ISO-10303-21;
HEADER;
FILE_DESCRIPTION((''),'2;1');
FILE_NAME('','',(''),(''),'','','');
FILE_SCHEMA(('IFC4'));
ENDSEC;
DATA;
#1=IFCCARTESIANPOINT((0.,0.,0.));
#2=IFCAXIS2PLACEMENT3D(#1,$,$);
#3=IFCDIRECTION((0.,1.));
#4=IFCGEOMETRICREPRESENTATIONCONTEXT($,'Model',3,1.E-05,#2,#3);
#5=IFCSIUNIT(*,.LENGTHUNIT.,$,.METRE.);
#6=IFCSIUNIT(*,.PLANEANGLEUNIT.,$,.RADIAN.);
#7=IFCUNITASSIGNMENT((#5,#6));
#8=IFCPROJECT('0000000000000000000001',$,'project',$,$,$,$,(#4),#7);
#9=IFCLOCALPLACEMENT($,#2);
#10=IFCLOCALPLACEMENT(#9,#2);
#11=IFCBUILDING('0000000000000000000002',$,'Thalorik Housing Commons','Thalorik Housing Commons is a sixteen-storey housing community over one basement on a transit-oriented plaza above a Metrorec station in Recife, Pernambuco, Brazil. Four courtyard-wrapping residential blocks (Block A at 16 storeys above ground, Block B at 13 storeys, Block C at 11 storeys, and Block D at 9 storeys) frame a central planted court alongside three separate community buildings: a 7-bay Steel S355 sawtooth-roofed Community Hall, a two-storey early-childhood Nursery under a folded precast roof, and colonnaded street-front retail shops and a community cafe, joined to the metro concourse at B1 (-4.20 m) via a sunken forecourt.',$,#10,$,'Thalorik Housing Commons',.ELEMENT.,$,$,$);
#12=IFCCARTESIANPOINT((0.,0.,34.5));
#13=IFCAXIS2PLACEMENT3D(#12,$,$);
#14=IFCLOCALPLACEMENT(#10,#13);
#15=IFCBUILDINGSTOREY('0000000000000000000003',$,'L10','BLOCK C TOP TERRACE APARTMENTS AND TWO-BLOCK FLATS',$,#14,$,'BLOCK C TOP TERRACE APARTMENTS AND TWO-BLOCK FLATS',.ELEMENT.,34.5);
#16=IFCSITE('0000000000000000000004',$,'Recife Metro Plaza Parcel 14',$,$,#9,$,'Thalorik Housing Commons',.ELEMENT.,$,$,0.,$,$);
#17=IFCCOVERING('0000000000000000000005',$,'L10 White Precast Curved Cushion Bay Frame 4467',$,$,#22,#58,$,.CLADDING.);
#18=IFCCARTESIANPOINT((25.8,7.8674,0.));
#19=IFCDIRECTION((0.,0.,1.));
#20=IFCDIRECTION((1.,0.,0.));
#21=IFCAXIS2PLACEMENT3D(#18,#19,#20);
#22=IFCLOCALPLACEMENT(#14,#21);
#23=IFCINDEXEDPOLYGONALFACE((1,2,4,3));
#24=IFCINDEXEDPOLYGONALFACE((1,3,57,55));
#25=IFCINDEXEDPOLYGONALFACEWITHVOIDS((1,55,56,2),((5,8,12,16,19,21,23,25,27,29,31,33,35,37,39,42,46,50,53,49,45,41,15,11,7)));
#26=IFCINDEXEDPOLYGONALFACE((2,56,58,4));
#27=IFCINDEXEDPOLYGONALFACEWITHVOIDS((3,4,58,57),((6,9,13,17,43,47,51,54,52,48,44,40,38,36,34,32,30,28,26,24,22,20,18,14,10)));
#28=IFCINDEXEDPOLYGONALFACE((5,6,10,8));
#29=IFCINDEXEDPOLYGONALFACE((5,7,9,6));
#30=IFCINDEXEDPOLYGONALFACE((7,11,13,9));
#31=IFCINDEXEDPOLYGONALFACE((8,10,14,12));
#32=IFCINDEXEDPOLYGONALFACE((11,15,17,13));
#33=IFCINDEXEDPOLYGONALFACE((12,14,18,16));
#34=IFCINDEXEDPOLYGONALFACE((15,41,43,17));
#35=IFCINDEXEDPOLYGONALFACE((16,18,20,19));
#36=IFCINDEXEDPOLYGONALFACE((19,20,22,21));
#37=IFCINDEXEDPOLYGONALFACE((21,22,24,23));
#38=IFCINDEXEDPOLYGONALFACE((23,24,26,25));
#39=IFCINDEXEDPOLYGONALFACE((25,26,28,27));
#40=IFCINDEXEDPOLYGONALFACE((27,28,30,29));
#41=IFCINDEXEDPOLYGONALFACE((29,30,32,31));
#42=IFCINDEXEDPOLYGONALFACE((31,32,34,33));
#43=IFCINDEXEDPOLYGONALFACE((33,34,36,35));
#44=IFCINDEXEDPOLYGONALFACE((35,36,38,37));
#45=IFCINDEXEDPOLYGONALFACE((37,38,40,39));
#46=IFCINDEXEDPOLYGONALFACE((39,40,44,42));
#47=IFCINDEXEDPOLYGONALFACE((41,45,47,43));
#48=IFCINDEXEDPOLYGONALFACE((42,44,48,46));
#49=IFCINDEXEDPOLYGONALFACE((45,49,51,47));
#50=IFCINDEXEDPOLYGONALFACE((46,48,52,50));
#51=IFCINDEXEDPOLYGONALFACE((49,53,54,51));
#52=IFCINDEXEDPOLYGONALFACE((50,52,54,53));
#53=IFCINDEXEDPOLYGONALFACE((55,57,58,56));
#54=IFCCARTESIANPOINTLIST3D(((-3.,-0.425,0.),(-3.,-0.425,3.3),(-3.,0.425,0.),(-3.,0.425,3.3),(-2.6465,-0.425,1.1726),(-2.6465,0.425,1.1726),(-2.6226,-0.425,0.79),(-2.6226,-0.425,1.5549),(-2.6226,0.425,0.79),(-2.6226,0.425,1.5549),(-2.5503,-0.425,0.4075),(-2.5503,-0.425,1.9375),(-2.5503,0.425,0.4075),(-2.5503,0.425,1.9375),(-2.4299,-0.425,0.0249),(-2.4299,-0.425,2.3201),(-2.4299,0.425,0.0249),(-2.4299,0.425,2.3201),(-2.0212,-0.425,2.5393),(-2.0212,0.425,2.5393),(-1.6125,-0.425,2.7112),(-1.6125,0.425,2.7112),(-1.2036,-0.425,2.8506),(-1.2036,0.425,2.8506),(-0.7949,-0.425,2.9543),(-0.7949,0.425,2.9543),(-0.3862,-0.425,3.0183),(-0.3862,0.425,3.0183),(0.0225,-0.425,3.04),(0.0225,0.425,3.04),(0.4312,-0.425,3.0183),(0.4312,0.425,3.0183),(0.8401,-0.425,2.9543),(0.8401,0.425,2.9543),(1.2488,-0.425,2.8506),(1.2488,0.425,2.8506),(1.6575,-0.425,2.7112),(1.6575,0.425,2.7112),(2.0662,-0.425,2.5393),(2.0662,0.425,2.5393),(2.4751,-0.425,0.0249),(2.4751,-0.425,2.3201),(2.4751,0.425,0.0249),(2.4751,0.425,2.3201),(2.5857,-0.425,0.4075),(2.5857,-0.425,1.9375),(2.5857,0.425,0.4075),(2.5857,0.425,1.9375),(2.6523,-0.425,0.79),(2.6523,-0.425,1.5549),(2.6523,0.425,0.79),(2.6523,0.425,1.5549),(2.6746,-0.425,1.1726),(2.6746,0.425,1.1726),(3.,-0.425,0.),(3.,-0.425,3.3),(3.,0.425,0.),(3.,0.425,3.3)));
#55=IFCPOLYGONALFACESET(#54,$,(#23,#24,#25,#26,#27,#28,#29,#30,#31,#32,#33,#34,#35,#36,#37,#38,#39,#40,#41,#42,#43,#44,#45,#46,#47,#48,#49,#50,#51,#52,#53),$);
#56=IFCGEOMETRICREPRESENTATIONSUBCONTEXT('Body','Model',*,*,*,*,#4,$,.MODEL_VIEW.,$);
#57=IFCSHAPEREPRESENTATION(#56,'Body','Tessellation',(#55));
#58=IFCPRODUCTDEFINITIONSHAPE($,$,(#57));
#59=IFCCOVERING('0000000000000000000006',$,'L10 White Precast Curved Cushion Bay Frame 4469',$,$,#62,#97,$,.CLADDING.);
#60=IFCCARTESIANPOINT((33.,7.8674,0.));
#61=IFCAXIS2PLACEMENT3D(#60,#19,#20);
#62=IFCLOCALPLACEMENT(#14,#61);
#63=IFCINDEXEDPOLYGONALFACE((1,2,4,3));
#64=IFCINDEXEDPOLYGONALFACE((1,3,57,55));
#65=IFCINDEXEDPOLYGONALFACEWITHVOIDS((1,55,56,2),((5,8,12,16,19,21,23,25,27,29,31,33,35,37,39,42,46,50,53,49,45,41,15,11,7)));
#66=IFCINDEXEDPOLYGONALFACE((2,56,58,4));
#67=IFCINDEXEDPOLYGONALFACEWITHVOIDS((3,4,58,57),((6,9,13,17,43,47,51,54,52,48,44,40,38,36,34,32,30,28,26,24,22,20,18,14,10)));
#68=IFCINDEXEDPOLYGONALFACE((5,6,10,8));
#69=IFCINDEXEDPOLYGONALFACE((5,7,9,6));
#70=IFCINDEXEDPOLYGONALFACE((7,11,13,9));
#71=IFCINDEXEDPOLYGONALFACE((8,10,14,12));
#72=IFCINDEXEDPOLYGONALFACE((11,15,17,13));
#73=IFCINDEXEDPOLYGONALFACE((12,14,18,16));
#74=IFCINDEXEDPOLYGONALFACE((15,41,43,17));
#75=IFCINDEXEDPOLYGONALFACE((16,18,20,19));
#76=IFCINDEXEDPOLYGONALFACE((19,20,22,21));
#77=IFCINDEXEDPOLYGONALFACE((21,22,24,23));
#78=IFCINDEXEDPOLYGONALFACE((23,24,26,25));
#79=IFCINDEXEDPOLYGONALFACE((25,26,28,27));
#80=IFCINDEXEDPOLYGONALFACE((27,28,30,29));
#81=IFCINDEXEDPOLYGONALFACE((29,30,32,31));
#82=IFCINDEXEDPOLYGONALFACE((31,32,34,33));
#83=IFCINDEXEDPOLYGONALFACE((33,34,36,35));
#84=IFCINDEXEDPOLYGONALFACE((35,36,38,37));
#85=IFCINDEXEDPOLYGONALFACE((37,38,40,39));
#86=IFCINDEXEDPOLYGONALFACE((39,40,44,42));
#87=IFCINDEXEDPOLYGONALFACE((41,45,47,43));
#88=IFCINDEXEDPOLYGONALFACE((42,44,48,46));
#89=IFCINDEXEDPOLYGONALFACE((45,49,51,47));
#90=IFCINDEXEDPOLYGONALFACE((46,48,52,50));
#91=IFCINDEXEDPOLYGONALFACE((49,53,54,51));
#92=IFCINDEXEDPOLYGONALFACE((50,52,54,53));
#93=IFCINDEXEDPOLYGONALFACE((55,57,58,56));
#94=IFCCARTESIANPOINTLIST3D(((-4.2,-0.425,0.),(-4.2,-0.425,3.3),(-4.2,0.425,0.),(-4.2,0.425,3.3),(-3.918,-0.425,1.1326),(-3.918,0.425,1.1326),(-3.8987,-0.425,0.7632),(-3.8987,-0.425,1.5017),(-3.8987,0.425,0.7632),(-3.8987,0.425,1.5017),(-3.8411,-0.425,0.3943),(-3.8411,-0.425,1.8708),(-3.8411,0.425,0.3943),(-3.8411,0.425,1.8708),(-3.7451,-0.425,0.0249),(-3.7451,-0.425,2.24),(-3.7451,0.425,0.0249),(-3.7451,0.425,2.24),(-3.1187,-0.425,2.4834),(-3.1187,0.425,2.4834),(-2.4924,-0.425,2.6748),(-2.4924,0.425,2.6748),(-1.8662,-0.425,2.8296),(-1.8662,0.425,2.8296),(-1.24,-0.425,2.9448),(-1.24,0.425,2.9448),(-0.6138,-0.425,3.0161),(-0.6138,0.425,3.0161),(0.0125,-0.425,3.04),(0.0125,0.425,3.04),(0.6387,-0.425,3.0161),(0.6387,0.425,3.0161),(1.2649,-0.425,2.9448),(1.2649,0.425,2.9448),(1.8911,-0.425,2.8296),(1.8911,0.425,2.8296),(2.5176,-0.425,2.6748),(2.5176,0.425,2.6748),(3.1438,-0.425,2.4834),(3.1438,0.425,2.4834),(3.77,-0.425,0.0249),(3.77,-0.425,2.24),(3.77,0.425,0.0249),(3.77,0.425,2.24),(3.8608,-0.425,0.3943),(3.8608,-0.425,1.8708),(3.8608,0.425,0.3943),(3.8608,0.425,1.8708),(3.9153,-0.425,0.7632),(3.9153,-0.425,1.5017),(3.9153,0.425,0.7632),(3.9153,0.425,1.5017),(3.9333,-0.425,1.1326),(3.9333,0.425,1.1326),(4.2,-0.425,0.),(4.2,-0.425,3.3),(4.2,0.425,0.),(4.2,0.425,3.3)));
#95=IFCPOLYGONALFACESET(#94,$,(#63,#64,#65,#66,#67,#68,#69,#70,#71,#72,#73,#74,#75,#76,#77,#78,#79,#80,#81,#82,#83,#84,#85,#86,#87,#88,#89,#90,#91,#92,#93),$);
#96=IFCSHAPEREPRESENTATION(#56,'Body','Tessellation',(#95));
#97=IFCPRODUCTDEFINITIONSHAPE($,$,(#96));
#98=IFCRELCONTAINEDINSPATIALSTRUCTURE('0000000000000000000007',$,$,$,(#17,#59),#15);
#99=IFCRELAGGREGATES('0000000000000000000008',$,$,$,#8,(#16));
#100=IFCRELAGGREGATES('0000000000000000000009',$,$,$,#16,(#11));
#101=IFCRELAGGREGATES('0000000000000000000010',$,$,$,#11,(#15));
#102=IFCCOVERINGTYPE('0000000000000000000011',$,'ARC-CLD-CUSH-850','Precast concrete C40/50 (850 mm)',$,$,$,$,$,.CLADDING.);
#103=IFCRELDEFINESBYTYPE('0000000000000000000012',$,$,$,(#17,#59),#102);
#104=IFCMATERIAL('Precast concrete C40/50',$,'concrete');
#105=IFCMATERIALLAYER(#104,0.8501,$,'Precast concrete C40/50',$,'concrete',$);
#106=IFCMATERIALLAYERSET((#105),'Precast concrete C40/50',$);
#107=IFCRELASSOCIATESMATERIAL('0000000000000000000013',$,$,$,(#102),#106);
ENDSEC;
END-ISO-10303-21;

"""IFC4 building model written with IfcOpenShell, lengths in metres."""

from ifc_helpers import new_model, si_unit, direction, frame, origin, place, context, subcontext, project, spatial, polyline, outline, extrude, material, layer, layer_set, type_object, element, save


model = new_model("IFC4")

# Units and contexts
model_context = context("Model", 3, precision=1e-05, world=origin(), true_north=direction((0.0, 1.0)))
body_context = subcontext(model_context, "Body", "Model", "MODEL_VIEW")
ifc_project = project(units=[si_unit("LENGTHUNIT", "METRE"), si_unit("PLANEANGLEUNIT", "RADIAN")], contexts=[model_context])

# Site, building, storey
site_placement = place(None, origin())
site = spatial("IfcSite", under=ifc_project, at=site_placement, Name="Recife Metro Plaza Parcel 14", LongName="Thalorik Housing Commons", CompositionType="ELEMENT", RefElevation=0.0)
building_placement = place(site_placement, origin())
building = spatial("IfcBuilding", under=site, at=building_placement, Name="Thalorik Housing Commons", Description="Thalorik Housing Commons is a sixteen-storey housing community over one basement on a transit-oriented plaza above a Metrorec station in Recife, Pernambuco, Brazil. Four courtyard-wrapping residential blocks (Block A at 16 storeys above ground, Block B at 13 storeys, Block C at 11 storeys, and Block D at 9 storeys) frame a central planted court alongside three separate community buildings: a 7-bay Steel S355 sawtooth-roofed Community Hall, a two-storey early-childhood Nursery under a folded precast roof, and colonnaded street-front retail shops and a community cafe, joined to the metro concourse at B1 (-4.20 m) via a sunken forecourt.", LongName="Thalorik Housing Commons", CompositionType="ELEMENT")
storey_placement = place(building_placement, frame((0.0, 0.0, 34.5)))
storey = spatial("IfcBuildingStorey", under=building, at=storey_placement, Name="L10", Description="BLOCK C TOP TERRACE APARTMENTS AND TWO-BLOCK FLATS", LongName="BLOCK C TOP TERRACE APARTMENTS AND TWO-BLOCK FLATS", CompositionType="ELEMENT", Elevation=34.5)

# Shared definitions
ifc_material_1 = material(Name="Precast concrete C40/50", Category="concrete")

# Coverings
ifc_layer_1 = layer(ifc_material_1, 0.8501, Name="Precast concrete C40/50", Category="concrete")
ifc_layer_set_1 = layer_set([ifc_layer_1], Name="Precast concrete C40/50")
covering_type_1 = type_object("IfcCoveringType", Name="ARC-CLD-CUSH-850", Description="Precast concrete C40/50 (850 mm)", PredefinedType="CLADDING", material=ifc_layer_set_1)
covering_1_placement = place(storey_placement, frame((25.8, 7.8674, 0.0), z_axis=(0.0, 0.0, 1.0), x_axis=(1.0, 0.0, 0.0)))
element("IfcCovering", 1, at=covering_1_placement, inside=storey, type_object=covering_type_1, Name="L10 White Precast Curved Cushion Bay Frame 4467", PredefinedType="CLADDING", context=body_context, shape_type="SweptSolid", body=[
    extrude(outline(polyline([(-3.0, 0.0), (3.0, 0.0), (3.0, 3.3), (-3.0, 3.3), (-3.0, 0.0)]), holes=[polyline([(2.4751, 0.0249), (2.5857, 0.4075), (2.6523, 0.79), (2.6746, 1.1726), (2.6523, 1.5549), (2.5857, 1.9375), (2.4751, 2.3201), (2.0662, 2.5393), (1.6575, 2.7112), (1.2488, 2.8506), (0.8401, 2.9543), (0.4312, 3.0183), (0.0225, 3.04), (-0.3862, 3.0183), (-0.7949, 2.9543), (-1.2036, 2.8506), (-1.6125, 2.7112), (-2.0212, 2.5393), (-2.4299, 2.3201), (-2.5503, 1.9375), (-2.6226, 1.5549), (-2.6465, 1.1726), (-2.6226, 0.79), (-2.5503, 0.4075), (-2.4299, 0.0249), (2.4751, 0.0249)])]), frame((0.0, 0.425, 0.0), z_axis=(0.0, -1.0, 0.0), x_axis=(1.0, 0.0, 0.0)), (0.0, 0.0, 1.0), 0.8501),
])
covering_2_placement = place(storey_placement, frame((33.0, 7.8674, 0.0), z_axis=(0.0, 0.0, 1.0), x_axis=(1.0, 0.0, 0.0)))
element("IfcCovering", 2, at=covering_2_placement, inside=storey, type_object=covering_type_1, Name="L10 White Precast Curved Cushion Bay Frame 4469", PredefinedType="CLADDING", context=body_context, shape_type="SweptSolid", body=[
    extrude(outline(polyline([(-4.2, 0.0), (4.2, 0.0), (4.2, 3.3), (-4.2, 3.3), (-4.2, 0.0)]), holes=[polyline([(3.77, 0.0249), (3.8608, 0.3943), (3.9153, 0.7632), (3.9333, 1.1326), (3.9153, 1.5017), (3.8608, 1.8708), (3.77, 2.24), (3.1438, 2.4834), (2.5176, 2.6748), (1.8911, 2.8296), (1.2649, 2.9448), (0.6387, 3.0161), (0.0125, 3.04), (-0.6138, 3.0161), (-1.24, 2.9448), (-1.8662, 2.8296), (-2.4924, 2.6748), (-3.1187, 2.4834), (-3.7451, 2.24), (-3.8411, 1.8708), (-3.8987, 1.5017), (-3.918, 1.1326), (-3.8987, 0.7632), (-3.8411, 0.3943), (-3.7451, 0.0249), (3.77, 0.0249)])]), frame((0.0, 0.425, 0.0), z_axis=(0.0, -1.0, 0.0), x_axis=(1.0, 0.0, 0.0)), (0.0, 0.0, 1.0), 0.8501),
])

save(model, "model.ifc")
